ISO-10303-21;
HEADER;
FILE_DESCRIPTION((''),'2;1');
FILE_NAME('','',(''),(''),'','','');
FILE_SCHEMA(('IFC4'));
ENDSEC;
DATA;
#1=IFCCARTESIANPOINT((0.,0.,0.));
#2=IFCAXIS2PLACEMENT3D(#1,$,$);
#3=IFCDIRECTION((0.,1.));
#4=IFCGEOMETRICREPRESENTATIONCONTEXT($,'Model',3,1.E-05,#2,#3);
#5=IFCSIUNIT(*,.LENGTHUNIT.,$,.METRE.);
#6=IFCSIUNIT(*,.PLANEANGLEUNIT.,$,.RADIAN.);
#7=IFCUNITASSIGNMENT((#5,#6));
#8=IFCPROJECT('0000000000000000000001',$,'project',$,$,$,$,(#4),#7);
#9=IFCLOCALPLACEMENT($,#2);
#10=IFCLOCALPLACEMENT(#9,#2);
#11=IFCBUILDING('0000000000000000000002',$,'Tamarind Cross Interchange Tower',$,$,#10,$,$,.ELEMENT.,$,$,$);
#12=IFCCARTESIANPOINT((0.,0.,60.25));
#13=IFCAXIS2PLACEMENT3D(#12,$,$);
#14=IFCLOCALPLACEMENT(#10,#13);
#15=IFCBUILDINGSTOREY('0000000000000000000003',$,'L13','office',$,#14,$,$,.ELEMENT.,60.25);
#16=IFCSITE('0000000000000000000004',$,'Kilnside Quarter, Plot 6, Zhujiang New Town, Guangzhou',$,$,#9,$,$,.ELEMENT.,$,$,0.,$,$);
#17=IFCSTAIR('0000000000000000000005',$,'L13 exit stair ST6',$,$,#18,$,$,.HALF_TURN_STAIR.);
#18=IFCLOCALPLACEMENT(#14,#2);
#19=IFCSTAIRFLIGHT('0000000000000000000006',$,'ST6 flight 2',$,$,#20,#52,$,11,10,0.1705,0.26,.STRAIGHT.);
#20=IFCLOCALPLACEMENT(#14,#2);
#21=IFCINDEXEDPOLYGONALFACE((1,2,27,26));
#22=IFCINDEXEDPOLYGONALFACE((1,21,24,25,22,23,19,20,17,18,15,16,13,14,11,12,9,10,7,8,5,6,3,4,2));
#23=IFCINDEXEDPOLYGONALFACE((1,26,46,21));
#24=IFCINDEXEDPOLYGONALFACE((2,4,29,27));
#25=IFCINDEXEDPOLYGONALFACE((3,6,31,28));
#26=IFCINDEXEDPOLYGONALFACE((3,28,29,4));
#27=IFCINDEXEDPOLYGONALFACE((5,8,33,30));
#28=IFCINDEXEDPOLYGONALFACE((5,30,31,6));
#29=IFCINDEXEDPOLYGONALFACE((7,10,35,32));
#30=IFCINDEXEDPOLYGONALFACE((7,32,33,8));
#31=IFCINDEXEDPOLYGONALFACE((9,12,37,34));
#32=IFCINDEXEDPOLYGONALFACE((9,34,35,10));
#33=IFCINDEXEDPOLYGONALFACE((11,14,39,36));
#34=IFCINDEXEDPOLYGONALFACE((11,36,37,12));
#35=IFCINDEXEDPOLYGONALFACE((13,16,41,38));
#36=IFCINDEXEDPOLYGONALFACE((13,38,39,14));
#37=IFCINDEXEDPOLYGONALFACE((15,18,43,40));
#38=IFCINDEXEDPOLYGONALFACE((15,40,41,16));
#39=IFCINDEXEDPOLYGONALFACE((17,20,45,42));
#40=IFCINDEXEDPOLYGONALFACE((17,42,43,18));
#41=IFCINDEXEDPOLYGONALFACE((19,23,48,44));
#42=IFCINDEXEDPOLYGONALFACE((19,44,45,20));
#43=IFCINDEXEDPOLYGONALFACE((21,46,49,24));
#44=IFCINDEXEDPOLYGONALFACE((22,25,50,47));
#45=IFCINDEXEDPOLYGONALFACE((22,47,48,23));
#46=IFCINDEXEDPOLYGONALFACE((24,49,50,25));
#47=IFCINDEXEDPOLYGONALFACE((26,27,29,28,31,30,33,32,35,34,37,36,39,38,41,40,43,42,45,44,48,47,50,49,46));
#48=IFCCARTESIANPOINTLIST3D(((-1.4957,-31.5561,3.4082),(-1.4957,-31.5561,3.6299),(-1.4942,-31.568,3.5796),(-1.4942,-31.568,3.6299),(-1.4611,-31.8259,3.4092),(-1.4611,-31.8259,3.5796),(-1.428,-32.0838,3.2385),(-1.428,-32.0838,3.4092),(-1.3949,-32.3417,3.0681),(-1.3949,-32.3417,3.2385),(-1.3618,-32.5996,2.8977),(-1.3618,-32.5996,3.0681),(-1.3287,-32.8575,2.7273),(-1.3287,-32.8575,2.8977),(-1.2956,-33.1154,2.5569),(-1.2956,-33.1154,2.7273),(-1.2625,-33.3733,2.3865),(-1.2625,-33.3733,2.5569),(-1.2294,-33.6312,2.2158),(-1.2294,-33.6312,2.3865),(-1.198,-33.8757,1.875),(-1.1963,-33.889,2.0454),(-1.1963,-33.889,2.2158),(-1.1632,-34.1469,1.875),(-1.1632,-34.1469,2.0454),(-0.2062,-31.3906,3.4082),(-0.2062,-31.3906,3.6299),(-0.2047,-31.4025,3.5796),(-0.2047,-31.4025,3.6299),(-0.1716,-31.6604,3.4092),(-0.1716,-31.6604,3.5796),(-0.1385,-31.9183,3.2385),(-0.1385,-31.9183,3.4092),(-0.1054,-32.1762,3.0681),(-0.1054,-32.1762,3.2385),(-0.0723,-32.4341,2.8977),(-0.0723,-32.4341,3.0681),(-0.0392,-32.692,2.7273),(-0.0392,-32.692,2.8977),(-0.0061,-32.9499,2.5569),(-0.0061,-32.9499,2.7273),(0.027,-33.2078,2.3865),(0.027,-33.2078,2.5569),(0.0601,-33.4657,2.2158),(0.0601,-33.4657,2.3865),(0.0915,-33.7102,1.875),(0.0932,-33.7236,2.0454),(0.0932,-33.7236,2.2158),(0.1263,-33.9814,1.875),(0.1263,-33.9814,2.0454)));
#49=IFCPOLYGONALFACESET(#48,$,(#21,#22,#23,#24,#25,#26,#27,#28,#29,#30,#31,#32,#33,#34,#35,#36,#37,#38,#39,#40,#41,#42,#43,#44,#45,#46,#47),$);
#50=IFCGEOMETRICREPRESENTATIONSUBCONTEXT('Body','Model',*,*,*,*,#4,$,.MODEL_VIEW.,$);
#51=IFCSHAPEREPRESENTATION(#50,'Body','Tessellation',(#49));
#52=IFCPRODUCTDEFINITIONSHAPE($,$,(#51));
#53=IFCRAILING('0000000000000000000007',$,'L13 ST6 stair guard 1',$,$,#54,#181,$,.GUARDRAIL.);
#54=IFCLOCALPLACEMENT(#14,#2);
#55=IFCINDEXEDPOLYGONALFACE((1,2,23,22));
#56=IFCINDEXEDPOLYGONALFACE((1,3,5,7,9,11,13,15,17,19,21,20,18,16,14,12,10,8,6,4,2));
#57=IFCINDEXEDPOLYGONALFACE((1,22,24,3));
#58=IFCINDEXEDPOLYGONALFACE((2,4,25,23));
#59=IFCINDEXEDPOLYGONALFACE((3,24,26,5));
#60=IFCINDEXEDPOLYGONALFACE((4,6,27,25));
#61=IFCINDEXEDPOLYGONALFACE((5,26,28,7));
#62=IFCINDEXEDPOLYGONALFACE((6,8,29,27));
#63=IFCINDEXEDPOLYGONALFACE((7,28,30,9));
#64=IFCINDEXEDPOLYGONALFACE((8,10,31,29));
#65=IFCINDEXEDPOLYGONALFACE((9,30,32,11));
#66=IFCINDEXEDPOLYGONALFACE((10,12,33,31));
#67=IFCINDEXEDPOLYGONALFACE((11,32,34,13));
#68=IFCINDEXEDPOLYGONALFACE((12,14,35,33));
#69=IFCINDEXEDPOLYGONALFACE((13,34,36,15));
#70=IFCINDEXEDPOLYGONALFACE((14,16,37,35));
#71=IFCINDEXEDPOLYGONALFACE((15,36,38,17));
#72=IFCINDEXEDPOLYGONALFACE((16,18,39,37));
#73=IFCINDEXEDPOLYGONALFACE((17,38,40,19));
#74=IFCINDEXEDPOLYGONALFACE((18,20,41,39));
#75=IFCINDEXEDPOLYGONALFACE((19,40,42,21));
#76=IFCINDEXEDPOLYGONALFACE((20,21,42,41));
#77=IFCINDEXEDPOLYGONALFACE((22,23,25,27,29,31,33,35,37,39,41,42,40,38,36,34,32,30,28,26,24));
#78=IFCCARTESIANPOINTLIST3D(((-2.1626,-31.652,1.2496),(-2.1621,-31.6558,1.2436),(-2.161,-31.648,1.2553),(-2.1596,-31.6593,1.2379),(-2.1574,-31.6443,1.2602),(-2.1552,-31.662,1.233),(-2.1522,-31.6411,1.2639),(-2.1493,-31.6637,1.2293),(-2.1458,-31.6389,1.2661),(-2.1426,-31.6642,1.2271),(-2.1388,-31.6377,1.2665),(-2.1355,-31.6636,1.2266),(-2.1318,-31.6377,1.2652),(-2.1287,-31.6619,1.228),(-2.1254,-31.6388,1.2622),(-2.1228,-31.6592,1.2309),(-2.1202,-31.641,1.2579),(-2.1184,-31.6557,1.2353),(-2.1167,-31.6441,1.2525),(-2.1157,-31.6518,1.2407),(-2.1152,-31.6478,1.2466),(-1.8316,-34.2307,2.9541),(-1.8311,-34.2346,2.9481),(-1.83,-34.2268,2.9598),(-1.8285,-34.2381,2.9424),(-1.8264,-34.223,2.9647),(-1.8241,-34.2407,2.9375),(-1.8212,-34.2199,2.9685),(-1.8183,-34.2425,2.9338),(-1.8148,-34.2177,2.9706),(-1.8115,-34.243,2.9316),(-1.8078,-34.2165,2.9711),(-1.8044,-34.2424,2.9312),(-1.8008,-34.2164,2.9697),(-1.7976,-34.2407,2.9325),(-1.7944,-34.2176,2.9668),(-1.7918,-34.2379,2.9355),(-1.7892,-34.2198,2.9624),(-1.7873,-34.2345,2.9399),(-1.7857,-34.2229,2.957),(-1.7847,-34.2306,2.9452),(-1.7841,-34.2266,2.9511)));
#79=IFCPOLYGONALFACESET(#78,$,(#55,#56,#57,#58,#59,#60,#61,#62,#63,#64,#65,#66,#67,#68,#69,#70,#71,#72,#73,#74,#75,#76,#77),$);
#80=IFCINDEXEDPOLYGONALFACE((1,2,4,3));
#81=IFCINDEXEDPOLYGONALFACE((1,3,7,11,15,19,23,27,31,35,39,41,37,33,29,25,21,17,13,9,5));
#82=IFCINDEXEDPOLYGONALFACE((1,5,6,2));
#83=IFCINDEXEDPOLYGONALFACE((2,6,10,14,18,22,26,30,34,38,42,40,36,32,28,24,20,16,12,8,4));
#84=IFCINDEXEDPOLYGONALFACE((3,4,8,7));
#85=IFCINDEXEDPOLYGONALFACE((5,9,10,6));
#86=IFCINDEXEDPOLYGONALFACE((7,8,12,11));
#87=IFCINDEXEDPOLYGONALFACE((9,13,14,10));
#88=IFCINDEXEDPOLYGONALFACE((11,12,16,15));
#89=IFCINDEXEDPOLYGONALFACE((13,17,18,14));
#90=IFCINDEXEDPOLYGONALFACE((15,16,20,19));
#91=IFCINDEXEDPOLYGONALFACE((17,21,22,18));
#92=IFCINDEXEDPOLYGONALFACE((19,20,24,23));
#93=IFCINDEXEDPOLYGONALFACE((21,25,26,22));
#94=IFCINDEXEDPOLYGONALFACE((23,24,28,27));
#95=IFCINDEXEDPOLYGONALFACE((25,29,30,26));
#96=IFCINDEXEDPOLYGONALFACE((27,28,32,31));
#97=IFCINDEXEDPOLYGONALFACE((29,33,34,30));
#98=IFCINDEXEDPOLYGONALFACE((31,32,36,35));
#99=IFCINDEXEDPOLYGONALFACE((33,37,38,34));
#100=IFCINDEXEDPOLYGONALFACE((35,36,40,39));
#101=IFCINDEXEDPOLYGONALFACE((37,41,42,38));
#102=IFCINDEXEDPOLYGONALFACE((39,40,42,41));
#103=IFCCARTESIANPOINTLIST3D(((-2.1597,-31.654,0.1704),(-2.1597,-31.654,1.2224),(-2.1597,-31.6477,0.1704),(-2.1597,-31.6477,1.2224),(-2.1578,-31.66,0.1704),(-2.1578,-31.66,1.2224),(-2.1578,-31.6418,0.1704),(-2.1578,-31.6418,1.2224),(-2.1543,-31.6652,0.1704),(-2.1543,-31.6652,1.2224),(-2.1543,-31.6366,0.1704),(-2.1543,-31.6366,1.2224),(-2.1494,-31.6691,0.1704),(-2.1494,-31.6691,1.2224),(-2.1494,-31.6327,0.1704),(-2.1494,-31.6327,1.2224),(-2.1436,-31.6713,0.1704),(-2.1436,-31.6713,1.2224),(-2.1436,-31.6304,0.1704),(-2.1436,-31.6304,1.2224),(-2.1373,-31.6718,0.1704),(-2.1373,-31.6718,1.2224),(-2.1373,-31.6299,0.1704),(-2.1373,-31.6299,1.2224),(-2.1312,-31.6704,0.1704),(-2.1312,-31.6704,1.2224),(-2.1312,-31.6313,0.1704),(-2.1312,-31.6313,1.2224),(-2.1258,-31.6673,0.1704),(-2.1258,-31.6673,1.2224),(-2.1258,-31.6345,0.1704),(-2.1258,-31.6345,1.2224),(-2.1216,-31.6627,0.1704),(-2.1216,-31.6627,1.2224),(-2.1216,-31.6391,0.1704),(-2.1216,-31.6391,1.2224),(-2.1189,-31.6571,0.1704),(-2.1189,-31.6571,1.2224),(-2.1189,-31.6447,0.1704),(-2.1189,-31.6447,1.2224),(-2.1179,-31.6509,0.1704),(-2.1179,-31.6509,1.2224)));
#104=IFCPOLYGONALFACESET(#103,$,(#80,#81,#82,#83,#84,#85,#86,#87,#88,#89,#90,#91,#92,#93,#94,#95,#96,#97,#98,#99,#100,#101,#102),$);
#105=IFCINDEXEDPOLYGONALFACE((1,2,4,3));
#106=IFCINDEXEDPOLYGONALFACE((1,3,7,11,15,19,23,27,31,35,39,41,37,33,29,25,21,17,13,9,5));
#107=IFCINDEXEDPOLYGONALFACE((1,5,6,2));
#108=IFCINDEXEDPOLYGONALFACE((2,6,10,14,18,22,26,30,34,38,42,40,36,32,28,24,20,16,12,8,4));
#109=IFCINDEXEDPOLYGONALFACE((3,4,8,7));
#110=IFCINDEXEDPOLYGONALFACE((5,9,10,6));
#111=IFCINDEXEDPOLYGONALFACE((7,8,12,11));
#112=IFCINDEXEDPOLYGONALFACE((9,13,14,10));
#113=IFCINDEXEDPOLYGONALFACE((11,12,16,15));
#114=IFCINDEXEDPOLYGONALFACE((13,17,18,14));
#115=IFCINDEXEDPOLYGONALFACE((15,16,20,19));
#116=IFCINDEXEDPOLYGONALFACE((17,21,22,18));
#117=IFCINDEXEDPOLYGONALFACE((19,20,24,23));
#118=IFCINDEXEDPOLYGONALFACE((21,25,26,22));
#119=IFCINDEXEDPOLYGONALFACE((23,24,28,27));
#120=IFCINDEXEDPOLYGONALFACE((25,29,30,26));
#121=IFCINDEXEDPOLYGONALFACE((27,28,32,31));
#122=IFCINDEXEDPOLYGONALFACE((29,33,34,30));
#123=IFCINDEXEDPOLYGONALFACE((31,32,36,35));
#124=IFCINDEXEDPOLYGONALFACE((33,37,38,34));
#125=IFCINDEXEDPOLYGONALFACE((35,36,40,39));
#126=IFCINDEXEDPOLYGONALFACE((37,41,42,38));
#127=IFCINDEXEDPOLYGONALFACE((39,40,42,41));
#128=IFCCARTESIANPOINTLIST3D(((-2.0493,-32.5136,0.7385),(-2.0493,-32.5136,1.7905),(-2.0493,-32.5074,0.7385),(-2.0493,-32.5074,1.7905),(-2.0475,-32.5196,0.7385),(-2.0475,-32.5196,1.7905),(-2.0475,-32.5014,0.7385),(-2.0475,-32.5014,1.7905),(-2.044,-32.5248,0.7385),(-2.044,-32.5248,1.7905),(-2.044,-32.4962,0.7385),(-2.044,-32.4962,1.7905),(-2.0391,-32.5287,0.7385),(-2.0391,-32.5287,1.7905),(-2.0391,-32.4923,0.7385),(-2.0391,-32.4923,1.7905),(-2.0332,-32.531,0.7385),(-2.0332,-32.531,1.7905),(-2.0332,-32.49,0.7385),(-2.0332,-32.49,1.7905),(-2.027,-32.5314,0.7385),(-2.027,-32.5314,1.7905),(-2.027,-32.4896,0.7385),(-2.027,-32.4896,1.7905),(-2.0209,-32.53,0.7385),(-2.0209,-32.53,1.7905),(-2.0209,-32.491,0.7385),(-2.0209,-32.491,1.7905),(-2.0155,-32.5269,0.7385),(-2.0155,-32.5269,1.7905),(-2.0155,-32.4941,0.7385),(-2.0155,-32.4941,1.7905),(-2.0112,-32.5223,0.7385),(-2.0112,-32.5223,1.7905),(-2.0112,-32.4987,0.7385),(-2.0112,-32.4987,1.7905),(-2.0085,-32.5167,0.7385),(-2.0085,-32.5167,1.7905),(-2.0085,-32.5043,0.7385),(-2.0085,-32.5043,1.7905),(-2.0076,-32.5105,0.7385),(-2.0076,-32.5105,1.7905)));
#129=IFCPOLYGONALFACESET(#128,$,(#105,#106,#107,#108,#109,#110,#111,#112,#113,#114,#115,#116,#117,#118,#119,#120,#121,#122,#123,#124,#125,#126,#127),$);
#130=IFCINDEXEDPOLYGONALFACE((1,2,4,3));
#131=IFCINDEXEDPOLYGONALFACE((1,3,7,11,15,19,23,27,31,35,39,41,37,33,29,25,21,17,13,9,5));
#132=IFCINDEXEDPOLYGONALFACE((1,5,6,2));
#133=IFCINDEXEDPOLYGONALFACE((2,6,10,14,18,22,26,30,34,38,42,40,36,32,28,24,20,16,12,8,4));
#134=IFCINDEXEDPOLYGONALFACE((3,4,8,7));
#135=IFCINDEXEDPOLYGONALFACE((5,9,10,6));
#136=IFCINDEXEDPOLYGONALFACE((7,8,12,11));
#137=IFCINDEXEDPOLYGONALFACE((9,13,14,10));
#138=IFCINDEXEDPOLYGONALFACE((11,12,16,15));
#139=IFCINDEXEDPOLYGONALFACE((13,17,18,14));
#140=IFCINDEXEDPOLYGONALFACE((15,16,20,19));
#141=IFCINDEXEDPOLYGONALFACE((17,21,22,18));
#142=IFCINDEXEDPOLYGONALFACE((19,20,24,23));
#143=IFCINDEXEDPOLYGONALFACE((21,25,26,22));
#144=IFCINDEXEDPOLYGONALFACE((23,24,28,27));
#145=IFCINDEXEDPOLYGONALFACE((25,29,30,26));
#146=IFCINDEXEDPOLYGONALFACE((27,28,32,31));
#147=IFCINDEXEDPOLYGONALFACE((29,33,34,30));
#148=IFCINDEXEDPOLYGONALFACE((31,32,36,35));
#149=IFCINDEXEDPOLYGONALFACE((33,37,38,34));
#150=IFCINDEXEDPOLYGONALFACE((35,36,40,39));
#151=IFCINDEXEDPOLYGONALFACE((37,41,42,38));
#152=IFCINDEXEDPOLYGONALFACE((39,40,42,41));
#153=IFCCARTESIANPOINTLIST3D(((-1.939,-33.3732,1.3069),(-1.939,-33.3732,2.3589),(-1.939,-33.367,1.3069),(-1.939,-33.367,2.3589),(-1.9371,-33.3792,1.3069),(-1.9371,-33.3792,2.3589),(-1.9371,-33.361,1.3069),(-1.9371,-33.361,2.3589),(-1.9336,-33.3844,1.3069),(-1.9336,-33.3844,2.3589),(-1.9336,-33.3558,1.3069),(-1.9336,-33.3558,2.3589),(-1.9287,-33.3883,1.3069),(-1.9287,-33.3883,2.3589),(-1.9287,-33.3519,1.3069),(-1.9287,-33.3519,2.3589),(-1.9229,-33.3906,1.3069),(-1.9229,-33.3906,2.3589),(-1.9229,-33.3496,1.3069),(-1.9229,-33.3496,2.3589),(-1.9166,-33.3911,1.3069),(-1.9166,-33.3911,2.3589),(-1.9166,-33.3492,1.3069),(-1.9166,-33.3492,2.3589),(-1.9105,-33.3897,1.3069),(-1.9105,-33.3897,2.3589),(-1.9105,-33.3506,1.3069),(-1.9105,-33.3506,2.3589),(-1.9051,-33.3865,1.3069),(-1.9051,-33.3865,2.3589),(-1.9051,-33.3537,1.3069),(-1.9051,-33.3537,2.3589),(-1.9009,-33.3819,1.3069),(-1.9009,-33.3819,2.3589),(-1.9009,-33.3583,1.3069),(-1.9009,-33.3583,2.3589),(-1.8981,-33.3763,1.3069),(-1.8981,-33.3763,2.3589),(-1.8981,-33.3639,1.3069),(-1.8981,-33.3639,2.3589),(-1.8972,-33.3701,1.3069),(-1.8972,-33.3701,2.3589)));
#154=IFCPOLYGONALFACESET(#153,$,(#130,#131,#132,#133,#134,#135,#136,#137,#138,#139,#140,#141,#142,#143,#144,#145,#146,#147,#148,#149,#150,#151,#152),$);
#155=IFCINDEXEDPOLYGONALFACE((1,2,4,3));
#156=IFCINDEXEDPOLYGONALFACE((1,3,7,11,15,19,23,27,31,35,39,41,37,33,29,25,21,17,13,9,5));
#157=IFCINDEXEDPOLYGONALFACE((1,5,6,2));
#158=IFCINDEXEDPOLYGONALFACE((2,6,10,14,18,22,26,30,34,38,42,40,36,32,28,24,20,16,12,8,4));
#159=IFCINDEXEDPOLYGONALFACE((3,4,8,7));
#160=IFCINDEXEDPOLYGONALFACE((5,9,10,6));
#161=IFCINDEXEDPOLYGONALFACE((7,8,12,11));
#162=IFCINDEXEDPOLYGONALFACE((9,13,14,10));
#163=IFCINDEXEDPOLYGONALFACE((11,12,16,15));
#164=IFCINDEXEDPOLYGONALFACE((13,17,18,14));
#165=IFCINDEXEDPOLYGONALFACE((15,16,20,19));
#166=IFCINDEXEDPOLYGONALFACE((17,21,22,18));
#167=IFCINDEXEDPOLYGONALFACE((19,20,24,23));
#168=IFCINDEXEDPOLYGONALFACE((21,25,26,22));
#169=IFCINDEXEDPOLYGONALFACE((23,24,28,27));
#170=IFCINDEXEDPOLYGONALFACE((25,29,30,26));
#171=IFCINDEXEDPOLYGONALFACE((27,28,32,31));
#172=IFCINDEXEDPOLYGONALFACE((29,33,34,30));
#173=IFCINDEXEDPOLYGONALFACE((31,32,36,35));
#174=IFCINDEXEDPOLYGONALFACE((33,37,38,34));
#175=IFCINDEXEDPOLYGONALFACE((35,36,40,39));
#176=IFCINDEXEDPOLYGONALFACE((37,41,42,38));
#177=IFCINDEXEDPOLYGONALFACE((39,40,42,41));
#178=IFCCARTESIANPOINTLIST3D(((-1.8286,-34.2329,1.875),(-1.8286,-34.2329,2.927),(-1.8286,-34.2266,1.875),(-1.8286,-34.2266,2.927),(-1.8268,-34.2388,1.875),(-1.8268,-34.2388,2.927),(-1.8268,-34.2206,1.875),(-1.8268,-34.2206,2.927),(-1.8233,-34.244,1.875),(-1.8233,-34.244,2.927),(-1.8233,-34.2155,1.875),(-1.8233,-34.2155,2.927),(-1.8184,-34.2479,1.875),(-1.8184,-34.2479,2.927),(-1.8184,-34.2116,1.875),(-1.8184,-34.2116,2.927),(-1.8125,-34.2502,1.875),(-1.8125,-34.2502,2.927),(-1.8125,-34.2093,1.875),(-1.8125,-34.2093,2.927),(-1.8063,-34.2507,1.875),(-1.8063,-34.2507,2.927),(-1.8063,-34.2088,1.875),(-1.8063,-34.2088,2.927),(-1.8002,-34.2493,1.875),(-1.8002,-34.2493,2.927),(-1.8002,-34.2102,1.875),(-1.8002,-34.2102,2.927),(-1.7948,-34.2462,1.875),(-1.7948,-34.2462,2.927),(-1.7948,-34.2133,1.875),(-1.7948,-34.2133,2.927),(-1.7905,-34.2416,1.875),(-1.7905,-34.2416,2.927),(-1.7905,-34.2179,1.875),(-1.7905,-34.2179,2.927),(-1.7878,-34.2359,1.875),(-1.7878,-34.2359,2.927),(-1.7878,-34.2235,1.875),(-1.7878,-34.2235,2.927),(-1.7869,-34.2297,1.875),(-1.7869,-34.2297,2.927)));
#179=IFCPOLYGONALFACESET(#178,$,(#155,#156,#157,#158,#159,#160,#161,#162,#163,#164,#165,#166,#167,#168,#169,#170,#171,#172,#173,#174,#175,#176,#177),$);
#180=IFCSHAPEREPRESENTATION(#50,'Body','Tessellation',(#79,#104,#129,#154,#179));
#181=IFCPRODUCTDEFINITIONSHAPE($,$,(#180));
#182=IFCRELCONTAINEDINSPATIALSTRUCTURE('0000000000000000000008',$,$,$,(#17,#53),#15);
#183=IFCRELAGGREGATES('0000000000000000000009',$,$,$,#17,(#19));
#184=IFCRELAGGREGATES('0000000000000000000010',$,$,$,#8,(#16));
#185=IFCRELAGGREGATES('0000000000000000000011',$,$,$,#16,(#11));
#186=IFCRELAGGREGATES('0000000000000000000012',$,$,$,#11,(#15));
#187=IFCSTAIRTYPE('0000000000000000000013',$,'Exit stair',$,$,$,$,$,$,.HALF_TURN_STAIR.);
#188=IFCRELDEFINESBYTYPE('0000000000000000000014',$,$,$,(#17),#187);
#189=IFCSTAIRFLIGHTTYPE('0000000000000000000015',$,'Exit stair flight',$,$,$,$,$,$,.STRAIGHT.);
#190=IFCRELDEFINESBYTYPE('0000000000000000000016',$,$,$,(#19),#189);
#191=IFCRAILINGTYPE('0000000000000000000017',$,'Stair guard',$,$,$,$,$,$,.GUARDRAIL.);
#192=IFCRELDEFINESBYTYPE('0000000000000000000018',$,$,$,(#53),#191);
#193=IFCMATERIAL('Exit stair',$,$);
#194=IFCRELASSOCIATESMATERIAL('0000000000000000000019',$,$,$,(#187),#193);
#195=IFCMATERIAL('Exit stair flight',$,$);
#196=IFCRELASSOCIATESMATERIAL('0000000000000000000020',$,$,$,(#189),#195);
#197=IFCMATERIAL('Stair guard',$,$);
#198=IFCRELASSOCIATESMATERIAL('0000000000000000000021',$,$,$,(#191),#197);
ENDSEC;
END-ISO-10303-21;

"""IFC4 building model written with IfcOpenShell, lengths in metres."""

from ifc_helpers import new_model, si_unit, direction, frame, origin, origin_2d, place, context, subcontext, project, spatial, polyline, circle, outline, extrude, material, type_object, element, aggregate, save


model = new_model("IFC4")

# Units and contexts
model_context = context("Model", 3, precision=1e-05, world=origin(), true_north=direction((0.0, 1.0)))
body_context = subcontext(model_context, "Body", "Model", "MODEL_VIEW")
ifc_project = project(units=[si_unit("LENGTHUNIT", "METRE"), si_unit("PLANEANGLEUNIT", "RADIAN")], contexts=[model_context])

# Site, building, storey
site_placement = place(None, origin())
site = spatial("IfcSite", under=ifc_project, at=site_placement, Name="Kilnside Quarter, Plot 6, Zhujiang New Town, Guangzhou", CompositionType="ELEMENT", RefElevation=0.0)
building_placement = place(site_placement, origin())
building = spatial("IfcBuilding", under=site, at=building_placement, Name="Tamarind Cross Interchange Tower", CompositionType="ELEMENT")
storey_placement = place(building_placement, frame((0.0, 0.0, 60.25)))
storey = spatial("IfcBuildingStorey", under=building, at=storey_placement, Name="L13", Description="office", CompositionType="ELEMENT", Elevation=60.25)

# Stair, stair flight
ifc_material_1 = material(Name="Exit stair")
stair_type = type_object("IfcStairType", Name="Exit stair", PredefinedType="HALF_TURN_STAIR", material=ifc_material_1)
stair_placement = place(storey_placement, origin())
stair = element("IfcStair", 1, at=stair_placement, inside=storey, type_object=stair_type, Name="L13 exit stair ST6", PredefinedType="HALF_TURN_STAIR")
ifc_material_2 = material(Name="Exit stair flight")
stair_flight_type = type_object("IfcStairFlightType", Name="Exit stair flight", PredefinedType="STRAIGHT", material=ifc_material_2)
stair_flight_1_placement = place(storey_placement, frame((-0.5186, -34.0642, 1.875), z_axis=(0.0, 0.0, 1.0), x_axis=(-0.1273, 0.991864, 0.0)))
stair_flight_1 = element("IfcStairFlight", 2, at=stair_flight_1_placement, type_object=stair_flight_type, Name="ST6 flight 2", NumberOfRisers=11, NumberOfTreads=10, PredefinedType="STRAIGHT", RiserHeight=0.1705, TreadLength=0.26, context=body_context, shape_type="SweptSolid", body=[
    extrude(outline(polyline([(0.0, 0.0), (0.0, 0.1704), (0.26, 0.1704), (0.26, 0.3408), (0.52, 0.3408), (0.52, 0.5115), (0.78, 0.5115), (0.78, 0.6819), (1.04, 0.6819), (1.04, 0.8523), (1.3, 0.8523), (1.3, 1.0227), (1.5601, 1.0227), (1.5601, 1.1931), (1.8201, 1.1931), (1.8201, 1.3635), (2.0801, 1.3635), (2.0801, 1.5342), (2.3401, 1.5342), (2.3401, 1.7046), (2.6001, 1.7046), (2.6001, 1.7549), (2.6121, 1.7549), (2.6121, 1.5332), (0.2734, 0.0), (0.0, 0.0)])), frame((0.0, 0.6499, 0.0), z_axis=(0.0, -1.0, 0.0), x_axis=(1.0, 0.0, 0.0)), (0.0, 0.0, 1.0), 1.3),
])
aggregate(stair, [stair_flight_1])

# Railing
ifc_material_3 = material(Name="Stair guard")
railing_type_1 = type_object("IfcRailingType", Name="Stair guard", PredefinedType="GUARDRAIL", material=ifc_material_3)
railing_1_placement = place(storey_placement, frame((-2.1389, -31.6509, 0.1704)))
element("IfcRailing", 3, at=railing_1_placement, inside=storey, type_object=railing_type_1, Name="L13 ST6 stair guard 1", PredefinedType="GUARDRAIL", context=body_context, shape_type="SweptSolid", body=[
    extrude(circle(Radius=0.0239, at=origin_2d()), frame((0.0, 0.0, 1.0762), z_axis=(0.106484, -0.829488, 0.54828), x_axis=(0.991861, 0.127328, 0.0)), (0.0, 0.0, 1.0), 3.1089),
    extrude(circle(Radius=0.021, at=origin_2d()), origin(), (0.0, 0.0, 1.0), 1.052),
    extrude(circle(Radius=0.021, at=origin_2d()), frame((0.1104, -0.8596, 0.5681)), (0.0, 0.0, 1.0), 1.052),
    extrude(circle(Radius=0.021, at=origin_2d()), frame((0.2207, -1.7192, 1.1365)), (0.0, 0.0, 1.0), 1.052),
    extrude(circle(Radius=0.021, at=origin_2d()), frame((0.3311, -2.5789, 1.7046)), (0.0, 0.0, 1.0), 1.052),
])

save(model, "model.ifc")
